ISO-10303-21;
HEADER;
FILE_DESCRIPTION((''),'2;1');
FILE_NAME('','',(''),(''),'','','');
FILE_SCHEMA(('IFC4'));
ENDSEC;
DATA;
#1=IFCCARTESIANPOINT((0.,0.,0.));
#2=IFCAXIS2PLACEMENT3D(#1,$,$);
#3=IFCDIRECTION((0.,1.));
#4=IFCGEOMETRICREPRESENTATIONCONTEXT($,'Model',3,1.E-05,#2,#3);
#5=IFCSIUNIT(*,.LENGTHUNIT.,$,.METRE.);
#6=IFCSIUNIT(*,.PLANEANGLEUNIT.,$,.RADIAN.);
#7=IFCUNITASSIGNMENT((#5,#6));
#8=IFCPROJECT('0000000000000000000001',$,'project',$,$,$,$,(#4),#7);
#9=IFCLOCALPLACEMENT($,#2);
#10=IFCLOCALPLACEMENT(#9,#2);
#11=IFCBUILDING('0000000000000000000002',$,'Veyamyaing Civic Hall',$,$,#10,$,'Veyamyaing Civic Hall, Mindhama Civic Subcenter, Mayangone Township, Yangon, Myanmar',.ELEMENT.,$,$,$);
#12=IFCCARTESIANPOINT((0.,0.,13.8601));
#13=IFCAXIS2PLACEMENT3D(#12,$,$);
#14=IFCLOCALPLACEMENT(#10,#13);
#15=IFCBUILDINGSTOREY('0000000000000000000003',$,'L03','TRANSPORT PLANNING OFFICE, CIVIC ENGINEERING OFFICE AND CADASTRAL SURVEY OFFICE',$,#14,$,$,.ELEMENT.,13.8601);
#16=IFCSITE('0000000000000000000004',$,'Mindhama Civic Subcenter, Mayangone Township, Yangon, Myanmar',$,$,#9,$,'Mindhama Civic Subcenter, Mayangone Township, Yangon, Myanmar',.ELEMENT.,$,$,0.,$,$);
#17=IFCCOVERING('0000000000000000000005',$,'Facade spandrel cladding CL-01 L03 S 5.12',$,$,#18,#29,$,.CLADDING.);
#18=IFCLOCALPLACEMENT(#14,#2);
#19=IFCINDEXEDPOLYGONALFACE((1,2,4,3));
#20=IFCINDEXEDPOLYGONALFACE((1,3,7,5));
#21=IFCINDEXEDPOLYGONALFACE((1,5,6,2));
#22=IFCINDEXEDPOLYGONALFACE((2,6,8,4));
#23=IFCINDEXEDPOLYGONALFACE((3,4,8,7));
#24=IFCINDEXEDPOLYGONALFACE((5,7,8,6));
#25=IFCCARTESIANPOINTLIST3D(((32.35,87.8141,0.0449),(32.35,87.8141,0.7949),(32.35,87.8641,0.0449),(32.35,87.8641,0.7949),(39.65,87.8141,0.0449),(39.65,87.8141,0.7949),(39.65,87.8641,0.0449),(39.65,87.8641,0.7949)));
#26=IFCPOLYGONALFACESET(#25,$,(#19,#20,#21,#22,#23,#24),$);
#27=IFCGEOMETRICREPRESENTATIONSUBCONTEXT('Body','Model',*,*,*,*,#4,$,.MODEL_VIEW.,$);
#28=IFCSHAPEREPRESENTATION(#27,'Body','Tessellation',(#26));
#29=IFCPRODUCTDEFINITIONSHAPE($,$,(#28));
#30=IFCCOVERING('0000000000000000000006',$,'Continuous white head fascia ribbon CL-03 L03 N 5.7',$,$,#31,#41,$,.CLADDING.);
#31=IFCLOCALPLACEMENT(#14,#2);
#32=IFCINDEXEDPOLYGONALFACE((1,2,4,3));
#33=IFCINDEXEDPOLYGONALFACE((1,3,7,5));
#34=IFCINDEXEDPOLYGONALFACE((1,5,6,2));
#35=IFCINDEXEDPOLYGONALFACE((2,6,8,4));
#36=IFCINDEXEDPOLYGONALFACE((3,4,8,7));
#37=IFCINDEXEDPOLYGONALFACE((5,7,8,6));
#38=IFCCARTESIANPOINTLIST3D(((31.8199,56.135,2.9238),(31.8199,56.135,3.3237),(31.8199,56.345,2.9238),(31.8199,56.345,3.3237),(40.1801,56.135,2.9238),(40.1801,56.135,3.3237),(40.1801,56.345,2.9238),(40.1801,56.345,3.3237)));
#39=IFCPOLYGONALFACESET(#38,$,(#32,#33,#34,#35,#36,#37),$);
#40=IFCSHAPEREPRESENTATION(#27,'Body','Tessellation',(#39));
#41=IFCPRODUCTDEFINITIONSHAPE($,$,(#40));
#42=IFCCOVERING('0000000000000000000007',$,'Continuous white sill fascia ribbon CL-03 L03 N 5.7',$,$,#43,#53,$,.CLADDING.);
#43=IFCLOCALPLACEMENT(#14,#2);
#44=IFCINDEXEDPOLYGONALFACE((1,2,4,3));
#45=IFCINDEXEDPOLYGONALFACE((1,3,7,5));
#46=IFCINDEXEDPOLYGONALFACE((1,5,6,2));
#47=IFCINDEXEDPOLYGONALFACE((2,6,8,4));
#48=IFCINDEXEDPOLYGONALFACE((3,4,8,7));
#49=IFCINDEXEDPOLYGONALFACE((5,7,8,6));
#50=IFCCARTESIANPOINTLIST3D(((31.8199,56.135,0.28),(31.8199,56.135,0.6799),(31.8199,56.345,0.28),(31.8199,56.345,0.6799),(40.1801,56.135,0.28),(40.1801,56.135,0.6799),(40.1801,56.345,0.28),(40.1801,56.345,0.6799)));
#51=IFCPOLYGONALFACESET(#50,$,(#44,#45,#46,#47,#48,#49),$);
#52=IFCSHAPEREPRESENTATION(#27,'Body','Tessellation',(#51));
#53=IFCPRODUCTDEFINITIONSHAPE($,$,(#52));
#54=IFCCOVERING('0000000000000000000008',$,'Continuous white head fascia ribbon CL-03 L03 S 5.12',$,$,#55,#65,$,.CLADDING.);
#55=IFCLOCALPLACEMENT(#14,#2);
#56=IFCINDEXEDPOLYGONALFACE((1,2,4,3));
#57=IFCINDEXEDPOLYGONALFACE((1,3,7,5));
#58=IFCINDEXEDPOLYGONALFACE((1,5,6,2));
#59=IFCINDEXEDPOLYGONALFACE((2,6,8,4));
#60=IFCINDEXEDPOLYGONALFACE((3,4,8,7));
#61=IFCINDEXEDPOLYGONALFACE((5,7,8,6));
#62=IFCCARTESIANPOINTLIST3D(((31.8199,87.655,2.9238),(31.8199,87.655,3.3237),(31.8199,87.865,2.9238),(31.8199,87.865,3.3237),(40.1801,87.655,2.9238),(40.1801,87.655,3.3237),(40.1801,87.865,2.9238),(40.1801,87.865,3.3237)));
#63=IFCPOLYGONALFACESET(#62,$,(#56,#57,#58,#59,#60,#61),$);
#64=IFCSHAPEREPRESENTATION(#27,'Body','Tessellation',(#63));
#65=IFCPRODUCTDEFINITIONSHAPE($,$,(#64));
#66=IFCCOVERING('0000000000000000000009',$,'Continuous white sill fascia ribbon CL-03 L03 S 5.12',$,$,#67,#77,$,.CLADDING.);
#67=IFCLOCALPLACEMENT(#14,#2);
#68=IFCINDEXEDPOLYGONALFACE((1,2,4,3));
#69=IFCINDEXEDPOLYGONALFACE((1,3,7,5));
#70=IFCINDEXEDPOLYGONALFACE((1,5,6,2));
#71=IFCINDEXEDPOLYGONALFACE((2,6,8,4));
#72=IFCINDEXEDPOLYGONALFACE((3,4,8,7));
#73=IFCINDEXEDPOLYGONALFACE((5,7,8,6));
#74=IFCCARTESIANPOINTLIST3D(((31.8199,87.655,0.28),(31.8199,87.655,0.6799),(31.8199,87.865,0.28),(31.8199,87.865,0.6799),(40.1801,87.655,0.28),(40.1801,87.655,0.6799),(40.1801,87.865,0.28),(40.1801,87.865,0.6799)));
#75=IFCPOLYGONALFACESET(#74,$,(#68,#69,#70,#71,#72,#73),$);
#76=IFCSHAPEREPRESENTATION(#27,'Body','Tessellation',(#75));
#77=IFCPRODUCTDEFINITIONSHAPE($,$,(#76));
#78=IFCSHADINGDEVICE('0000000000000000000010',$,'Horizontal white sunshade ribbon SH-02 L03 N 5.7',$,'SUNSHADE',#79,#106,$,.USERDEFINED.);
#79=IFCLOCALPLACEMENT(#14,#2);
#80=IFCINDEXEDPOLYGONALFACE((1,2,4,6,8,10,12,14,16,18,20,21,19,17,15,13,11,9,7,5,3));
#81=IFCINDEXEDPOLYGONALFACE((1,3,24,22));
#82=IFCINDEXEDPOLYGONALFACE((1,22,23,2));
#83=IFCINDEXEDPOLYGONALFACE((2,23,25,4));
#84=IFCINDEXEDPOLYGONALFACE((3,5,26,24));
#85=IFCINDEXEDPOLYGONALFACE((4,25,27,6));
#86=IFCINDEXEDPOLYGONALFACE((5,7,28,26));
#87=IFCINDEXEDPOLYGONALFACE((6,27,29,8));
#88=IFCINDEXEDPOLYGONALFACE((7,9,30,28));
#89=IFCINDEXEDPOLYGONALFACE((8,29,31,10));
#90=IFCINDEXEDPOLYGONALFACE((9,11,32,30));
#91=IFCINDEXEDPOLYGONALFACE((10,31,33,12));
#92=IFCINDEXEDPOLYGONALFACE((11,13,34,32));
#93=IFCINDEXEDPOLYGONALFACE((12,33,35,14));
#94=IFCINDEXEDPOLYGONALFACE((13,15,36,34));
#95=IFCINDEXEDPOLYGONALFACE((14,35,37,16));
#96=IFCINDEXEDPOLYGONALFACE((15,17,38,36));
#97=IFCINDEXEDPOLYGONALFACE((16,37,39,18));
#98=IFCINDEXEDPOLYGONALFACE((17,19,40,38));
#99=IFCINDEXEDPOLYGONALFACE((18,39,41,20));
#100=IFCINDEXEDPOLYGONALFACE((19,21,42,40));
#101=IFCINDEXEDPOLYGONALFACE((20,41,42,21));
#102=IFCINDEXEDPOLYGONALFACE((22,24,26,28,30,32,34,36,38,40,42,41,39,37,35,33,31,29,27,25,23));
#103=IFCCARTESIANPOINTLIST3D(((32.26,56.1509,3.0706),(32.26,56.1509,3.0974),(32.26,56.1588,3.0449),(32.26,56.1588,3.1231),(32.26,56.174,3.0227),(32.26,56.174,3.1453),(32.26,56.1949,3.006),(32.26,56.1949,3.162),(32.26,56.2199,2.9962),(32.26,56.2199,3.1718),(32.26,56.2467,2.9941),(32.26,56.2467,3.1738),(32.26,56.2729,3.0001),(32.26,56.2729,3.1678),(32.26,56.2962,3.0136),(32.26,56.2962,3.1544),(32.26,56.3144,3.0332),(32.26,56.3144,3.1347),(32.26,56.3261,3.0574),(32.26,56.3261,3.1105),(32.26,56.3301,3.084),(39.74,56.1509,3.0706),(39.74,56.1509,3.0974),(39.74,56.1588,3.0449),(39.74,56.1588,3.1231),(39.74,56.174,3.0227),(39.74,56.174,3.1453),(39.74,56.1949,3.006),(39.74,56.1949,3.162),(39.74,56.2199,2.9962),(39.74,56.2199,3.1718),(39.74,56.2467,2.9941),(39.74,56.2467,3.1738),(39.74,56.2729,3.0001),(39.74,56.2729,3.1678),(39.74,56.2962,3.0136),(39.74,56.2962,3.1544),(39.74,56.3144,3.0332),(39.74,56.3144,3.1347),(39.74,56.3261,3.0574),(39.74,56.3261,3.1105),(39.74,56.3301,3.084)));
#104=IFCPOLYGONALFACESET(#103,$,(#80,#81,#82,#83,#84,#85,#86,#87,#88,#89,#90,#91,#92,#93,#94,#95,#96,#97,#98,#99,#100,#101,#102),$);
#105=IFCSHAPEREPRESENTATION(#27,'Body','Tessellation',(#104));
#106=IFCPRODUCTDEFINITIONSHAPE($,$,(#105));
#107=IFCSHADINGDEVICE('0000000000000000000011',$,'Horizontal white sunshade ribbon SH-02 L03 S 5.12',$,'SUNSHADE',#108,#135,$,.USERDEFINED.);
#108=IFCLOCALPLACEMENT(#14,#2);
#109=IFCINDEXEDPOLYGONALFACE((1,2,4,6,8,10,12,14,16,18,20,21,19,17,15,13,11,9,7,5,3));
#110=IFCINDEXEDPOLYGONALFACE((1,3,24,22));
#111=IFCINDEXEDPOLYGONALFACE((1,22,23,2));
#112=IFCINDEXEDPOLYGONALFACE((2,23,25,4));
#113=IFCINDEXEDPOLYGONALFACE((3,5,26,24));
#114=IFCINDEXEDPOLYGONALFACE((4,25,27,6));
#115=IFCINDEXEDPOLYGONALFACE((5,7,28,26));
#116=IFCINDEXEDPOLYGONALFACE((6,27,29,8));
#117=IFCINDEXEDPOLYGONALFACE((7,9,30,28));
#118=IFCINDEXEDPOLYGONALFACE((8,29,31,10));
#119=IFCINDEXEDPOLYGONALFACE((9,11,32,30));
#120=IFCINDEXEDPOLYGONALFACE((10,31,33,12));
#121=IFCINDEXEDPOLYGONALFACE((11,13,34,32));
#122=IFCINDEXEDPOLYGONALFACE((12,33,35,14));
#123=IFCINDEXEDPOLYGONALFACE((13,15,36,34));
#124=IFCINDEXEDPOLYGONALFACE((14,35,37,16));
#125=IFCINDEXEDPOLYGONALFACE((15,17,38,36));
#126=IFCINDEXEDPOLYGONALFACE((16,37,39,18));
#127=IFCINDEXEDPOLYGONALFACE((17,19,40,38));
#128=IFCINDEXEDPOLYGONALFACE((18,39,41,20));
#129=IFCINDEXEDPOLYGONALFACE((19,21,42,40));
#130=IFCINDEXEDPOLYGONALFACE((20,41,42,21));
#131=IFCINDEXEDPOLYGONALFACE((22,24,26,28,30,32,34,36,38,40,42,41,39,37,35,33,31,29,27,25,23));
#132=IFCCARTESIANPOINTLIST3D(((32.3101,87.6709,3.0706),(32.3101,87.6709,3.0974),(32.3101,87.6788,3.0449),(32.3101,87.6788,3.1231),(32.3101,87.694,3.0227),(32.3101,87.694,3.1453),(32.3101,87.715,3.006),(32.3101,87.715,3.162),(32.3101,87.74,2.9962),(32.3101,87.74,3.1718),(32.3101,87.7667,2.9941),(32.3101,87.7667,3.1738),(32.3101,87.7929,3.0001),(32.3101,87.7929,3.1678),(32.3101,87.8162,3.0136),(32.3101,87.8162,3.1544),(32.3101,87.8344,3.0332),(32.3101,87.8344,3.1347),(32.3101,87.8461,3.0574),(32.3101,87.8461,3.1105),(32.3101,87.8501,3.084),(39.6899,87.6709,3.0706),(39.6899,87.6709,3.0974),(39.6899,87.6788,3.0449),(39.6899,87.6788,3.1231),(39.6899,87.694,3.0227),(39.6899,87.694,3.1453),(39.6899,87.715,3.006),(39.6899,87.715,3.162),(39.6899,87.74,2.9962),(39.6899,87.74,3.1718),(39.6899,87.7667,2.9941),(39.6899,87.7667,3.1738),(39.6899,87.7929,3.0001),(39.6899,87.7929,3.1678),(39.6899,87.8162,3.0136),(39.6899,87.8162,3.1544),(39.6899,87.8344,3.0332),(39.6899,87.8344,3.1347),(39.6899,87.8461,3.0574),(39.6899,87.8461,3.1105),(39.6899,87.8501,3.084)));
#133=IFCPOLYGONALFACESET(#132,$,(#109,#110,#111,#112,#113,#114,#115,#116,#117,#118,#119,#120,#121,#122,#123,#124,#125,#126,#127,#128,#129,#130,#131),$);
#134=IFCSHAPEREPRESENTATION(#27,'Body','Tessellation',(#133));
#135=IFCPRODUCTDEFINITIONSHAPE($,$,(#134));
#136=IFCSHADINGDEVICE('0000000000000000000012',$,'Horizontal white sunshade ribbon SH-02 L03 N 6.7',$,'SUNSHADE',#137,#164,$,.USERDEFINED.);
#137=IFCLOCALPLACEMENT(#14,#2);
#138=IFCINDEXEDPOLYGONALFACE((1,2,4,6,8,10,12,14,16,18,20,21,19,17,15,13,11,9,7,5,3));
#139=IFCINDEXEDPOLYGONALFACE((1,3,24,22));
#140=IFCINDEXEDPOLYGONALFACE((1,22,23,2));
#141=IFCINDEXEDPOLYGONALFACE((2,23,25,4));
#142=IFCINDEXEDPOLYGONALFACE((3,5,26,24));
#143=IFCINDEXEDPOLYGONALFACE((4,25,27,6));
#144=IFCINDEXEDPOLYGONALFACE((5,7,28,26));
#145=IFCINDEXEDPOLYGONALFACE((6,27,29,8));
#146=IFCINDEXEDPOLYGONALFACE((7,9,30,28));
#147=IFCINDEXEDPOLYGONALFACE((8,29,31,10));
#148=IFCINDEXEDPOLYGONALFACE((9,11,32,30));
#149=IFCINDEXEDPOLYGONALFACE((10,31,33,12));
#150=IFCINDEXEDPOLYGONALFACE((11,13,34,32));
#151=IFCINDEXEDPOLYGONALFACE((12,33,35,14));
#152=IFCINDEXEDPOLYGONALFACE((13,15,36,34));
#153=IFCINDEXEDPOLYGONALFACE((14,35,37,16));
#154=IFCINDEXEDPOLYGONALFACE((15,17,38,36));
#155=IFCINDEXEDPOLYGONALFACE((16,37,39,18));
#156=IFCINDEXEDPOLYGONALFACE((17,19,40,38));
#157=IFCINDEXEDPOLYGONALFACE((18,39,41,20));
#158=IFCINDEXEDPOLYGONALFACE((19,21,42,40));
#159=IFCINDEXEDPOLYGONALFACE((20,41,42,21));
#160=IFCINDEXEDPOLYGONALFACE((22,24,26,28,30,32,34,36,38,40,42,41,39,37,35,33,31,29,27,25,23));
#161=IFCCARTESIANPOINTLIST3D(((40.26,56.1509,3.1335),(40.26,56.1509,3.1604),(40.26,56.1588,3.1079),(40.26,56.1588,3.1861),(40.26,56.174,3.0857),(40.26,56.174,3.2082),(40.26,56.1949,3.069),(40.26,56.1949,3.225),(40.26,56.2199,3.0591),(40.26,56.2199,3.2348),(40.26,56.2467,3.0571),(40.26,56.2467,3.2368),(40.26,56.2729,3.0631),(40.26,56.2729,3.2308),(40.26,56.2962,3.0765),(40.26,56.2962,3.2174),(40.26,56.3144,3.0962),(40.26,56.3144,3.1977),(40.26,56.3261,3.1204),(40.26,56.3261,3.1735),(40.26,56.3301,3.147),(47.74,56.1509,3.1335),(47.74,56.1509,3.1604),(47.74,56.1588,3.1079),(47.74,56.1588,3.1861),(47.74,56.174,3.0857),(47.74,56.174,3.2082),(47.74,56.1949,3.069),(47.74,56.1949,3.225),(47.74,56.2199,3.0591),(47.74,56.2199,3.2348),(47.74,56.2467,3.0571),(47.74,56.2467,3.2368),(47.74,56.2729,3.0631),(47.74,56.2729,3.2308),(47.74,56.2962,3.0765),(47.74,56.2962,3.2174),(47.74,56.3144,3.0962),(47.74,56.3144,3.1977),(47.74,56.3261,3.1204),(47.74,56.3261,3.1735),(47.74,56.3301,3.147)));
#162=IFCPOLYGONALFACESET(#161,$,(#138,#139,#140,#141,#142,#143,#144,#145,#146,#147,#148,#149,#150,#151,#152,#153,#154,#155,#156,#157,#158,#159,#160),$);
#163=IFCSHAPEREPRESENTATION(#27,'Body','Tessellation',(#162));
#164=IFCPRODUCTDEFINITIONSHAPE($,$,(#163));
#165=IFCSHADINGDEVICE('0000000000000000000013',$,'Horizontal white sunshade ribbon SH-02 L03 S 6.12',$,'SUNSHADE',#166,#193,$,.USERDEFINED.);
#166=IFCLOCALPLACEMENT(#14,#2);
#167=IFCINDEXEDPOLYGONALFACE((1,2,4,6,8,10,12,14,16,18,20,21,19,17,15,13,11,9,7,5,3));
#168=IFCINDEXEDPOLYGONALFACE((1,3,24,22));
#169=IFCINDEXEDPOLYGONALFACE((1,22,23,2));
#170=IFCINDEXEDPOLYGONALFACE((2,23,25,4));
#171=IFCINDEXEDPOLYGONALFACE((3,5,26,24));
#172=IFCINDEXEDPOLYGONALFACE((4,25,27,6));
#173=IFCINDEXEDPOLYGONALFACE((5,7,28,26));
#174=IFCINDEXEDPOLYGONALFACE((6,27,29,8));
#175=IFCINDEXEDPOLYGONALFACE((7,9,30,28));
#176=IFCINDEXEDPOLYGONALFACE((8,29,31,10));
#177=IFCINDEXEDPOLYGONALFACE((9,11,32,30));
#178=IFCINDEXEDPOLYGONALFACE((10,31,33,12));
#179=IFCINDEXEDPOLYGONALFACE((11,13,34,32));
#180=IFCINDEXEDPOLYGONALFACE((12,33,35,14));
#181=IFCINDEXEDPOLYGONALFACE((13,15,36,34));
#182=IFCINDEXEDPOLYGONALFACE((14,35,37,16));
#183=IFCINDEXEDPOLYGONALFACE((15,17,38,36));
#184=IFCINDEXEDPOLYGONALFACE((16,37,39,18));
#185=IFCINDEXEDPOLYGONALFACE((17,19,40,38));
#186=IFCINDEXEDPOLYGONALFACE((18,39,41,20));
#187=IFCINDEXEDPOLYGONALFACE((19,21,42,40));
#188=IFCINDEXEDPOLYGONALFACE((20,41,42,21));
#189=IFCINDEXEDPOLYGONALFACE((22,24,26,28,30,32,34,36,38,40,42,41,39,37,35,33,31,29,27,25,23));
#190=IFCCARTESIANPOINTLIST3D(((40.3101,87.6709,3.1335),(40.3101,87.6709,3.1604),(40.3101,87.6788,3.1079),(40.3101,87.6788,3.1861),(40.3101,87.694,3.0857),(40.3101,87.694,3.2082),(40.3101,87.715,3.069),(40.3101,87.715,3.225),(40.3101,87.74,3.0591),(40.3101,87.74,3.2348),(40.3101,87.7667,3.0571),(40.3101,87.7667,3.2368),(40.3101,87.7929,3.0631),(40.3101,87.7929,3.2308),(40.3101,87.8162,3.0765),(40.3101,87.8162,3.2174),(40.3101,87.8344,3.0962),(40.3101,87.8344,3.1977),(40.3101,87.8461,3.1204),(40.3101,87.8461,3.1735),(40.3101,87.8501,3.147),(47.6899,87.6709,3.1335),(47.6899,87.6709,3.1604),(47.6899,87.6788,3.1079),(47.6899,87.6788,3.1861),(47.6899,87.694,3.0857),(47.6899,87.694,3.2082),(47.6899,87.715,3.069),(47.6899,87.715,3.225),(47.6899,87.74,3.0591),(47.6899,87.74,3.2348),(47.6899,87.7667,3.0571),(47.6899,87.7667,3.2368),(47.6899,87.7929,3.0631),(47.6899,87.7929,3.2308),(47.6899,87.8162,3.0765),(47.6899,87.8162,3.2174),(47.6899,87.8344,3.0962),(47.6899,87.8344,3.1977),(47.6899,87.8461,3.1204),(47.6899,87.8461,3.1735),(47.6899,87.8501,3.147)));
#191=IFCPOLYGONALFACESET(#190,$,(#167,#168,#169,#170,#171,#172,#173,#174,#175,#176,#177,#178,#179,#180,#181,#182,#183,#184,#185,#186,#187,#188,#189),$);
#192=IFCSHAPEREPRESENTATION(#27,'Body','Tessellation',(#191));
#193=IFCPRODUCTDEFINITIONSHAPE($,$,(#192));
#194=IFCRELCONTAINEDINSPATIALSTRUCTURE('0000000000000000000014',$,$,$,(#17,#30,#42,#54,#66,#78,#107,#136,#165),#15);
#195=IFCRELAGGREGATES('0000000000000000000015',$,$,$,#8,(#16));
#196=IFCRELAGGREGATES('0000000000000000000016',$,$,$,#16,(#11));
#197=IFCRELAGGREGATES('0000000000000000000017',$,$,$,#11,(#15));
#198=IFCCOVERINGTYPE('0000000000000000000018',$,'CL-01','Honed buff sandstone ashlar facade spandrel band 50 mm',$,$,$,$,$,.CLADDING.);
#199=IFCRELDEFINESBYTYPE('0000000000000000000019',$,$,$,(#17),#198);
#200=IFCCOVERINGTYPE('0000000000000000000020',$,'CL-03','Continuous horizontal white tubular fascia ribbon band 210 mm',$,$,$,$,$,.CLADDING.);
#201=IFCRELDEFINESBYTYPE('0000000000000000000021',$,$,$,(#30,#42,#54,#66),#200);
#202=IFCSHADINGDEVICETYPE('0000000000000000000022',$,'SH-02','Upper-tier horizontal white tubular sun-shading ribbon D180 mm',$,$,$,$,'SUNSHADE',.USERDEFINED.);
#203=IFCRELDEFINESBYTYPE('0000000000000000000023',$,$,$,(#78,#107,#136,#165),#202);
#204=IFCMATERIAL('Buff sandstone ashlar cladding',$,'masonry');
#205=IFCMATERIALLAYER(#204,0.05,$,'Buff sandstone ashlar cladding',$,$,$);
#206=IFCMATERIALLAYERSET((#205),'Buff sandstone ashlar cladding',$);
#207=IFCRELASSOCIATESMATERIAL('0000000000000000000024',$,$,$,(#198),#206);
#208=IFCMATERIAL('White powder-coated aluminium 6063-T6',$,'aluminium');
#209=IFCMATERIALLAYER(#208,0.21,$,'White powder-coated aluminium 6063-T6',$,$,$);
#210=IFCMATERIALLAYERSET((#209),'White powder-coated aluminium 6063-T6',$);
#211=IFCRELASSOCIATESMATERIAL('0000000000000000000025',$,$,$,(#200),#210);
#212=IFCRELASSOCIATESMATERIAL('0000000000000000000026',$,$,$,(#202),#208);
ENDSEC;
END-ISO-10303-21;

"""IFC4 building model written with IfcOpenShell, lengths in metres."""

from ifc_helpers import new_model, si_unit, direction, frame, origin, origin_2d, place, context, subcontext, project, spatial, rectangle, circle, extrude, material, layer, layer_set, material_profile, profile_set, type_object, element, save


model = new_model("IFC4")

# Units and contexts
model_context = context("Model", 3, precision=1e-05, world=origin(), true_north=direction((0.0, 1.0)))
body_context = subcontext(model_context, "Body", "Model", "MODEL_VIEW")
ifc_project = project(units=[si_unit("LENGTHUNIT", "METRE"), si_unit("PLANEANGLEUNIT", "RADIAN")], contexts=[model_context])

# Site, building, storey
site_placement = place(None, origin())
site = spatial("IfcSite", under=ifc_project, at=site_placement, Name="Mindhama Civic Subcenter, Mayangone Township, Yangon, Myanmar", LongName="Mindhama Civic Subcenter, Mayangone Township, Yangon, Myanmar", CompositionType="ELEMENT", RefElevation=0.0)
building_placement = place(site_placement, origin())
building = spatial("IfcBuilding", under=site, at=building_placement, Name="Veyamyaing Civic Hall", LongName="Veyamyaing Civic Hall, Mindhama Civic Subcenter, Mayangone Township, Yangon, Myanmar", CompositionType="ELEMENT")
storey_placement = place(building_placement, frame((0.0, 0.0, 13.8601)))
storey = spatial("IfcBuildingStorey", under=building, at=storey_placement, Name="L03", Description="TRANSPORT PLANNING OFFICE, CIVIC ENGINEERING OFFICE AND CADASTRAL SURVEY OFFICE", CompositionType="ELEMENT", Elevation=13.8601)

# Coverings
ifc_material_1 = material(Name="Buff sandstone ashlar cladding", Category="masonry")
ifc_layer_1 = layer(ifc_material_1, 0.05, Name="Buff sandstone ashlar cladding")
ifc_layer_set_1 = layer_set([ifc_layer_1], Name="Buff sandstone ashlar cladding")
covering_type_1 = type_object("IfcCoveringType", Name="CL-01", Description="Honed buff sandstone ashlar facade spandrel band 50 mm", PredefinedType="CLADDING", material=ifc_layer_set_1)
covering_placement = place(storey_placement, frame((36.0, 87.8391, 0.0449), z_axis=(0.0, 0.0, 1.0), x_axis=(1.0, 0.0, 0.0)))
element("IfcCovering", 1, at=covering_placement, inside=storey, type_object=covering_type_1, Name="Facade spandrel cladding CL-01 L03 S 5.12", PredefinedType="CLADDING", context=body_context, shape_type="SweptSolid", body=[
    extrude(rectangle(XDim=7.3, YDim=0.05, at=origin_2d()), origin(), (0.0, 0.0, 1.0), 0.75),
])
ifc_material_2 = material(Name="White powder-coated aluminium 6063-T6", Category="aluminium")
ifc_layer_2 = layer(ifc_material_2, 0.21, Name="White powder-coated aluminium 6063-T6")
ifc_layer_set_2 = layer_set([ifc_layer_2], Name="White powder-coated aluminium 6063-T6")
covering_type_2 = type_object("IfcCoveringType", Name="CL-03", Description="Continuous horizontal white tubular fascia ribbon band 210 mm", PredefinedType="CLADDING", material=ifc_layer_set_2)
for number, where, z_axis, x_axis, name in (
    (2, (36.0, 56.24, 2.9238), (0.0, 0.0, 1.0), (1.0, 0.0, 0.0), "Continuous white head fascia ribbon CL-03 L03 N 5.7"),
    (3, (36.0, 56.24, 0.28), (0.0, 0.0, 1.0), (1.0, 0.0, 0.0), "Continuous white sill fascia ribbon CL-03 L03 N 5.7"),
    (4, (36.0, 87.76, 2.9238), (0.0, 0.0, 1.0), (1.0, 0.0, 0.0), "Continuous white head fascia ribbon CL-03 L03 S 5.12"),
    (5, (36.0, 87.76, 0.28), (0.0, 0.0, 1.0), (1.0, 0.0, 0.0), "Continuous white sill fascia ribbon CL-03 L03 S 5.12"),
):
    element("IfcCovering", number, at=place(storey_placement, frame(where, z_axis=z_axis, x_axis=x_axis)), inside=storey, type_object=covering_type_2, Name=name, PredefinedType="CLADDING", context=body_context, shape_type="SweptSolid", body=[
        extrude(rectangle(XDim=8.3601, YDim=0.21, at=origin_2d()), origin(), (0.0, 0.0, 1.0), 0.3999),
    ])

# Shading devices
ifc_material_profile_1 = material_profile(ifc_material_2, circle(Radius=0.0901, at=origin_2d()), Name="SHADE-TUBE-180")
ifc_profile_set_1 = profile_set([ifc_material_profile_1], Name="White powder-coated aluminium 6063-T6")
shading_device_type = type_object("IfcShadingDeviceType", Name="SH-02", Description="Upper-tier horizontal white tubular sun-shading ribbon D180 mm", ElementType="SUNSHADE", PredefinedType="USERDEFINED", material=ifc_profile_set_1)
shading_device_1_placement = place(storey_placement, frame((32.26, 56.24, 3.084), z_axis=(1.0, 0.0, 0.0), x_axis=(0.0, 1.0, 0.0)))
element("IfcShadingDevice", 6, at=shading_device_1_placement, inside=storey, type_object=shading_device_type, Name="Horizontal white sunshade ribbon SH-02 L03 N 5.7", ObjectType="SUNSHADE", PredefinedType="USERDEFINED", context=body_context, shape_type="SweptSolid", body=[
    extrude(circle(Radius=0.0901, at=origin_2d()), origin(), (0.0, 0.0, 1.0), 7.48),
])
shading_device_2_placement = place(storey_placement, frame((32.3101, 87.76, 3.084), z_axis=(1.0, 0.0, 0.0), x_axis=(0.0, 1.0, 0.0)))
element("IfcShadingDevice", 7, at=shading_device_2_placement, inside=storey, type_object=shading_device_type, Name="Horizontal white sunshade ribbon SH-02 L03 S 5.12", ObjectType="SUNSHADE", PredefinedType="USERDEFINED", context=body_context, shape_type="SweptSolid", body=[
    extrude(circle(Radius=0.0901, at=origin_2d()), origin(), (0.0, 0.0, 1.0), 7.3799),
])
shading_device_3_placement = place(storey_placement, frame((40.26, 56.24, 3.147), z_axis=(1.0, 0.0, 0.0), x_axis=(0.0, 1.0, 0.0)))
element("IfcShadingDevice", 8, at=shading_device_3_placement, inside=storey, type_object=shading_device_type, Name="Horizontal white sunshade ribbon SH-02 L03 N 6.7", ObjectType="SUNSHADE", PredefinedType="USERDEFINED", context=body_context, shape_type="SweptSolid", body=[
    extrude(circle(Radius=0.0901, at=origin_2d()), origin(), (0.0, 0.0, 1.0), 7.48),
])
shading_device_4_placement = place(storey_placement, frame((40.3101, 87.76, 3.147), z_axis=(1.0, 0.0, 0.0), x_axis=(0.0, 1.0, 0.0)))
element("IfcShadingDevice", 9, at=shading_device_4_placement, inside=storey, type_object=shading_device_type, Name="Horizontal white sunshade ribbon SH-02 L03 S 6.12", ObjectType="SUNSHADE", PredefinedType="USERDEFINED", context=body_context, shape_type="SweptSolid", body=[
    extrude(circle(Radius=0.0901, at=origin_2d()), origin(), (0.0, 0.0, 1.0), 7.3799),
])

save(model, "model.ifc")
